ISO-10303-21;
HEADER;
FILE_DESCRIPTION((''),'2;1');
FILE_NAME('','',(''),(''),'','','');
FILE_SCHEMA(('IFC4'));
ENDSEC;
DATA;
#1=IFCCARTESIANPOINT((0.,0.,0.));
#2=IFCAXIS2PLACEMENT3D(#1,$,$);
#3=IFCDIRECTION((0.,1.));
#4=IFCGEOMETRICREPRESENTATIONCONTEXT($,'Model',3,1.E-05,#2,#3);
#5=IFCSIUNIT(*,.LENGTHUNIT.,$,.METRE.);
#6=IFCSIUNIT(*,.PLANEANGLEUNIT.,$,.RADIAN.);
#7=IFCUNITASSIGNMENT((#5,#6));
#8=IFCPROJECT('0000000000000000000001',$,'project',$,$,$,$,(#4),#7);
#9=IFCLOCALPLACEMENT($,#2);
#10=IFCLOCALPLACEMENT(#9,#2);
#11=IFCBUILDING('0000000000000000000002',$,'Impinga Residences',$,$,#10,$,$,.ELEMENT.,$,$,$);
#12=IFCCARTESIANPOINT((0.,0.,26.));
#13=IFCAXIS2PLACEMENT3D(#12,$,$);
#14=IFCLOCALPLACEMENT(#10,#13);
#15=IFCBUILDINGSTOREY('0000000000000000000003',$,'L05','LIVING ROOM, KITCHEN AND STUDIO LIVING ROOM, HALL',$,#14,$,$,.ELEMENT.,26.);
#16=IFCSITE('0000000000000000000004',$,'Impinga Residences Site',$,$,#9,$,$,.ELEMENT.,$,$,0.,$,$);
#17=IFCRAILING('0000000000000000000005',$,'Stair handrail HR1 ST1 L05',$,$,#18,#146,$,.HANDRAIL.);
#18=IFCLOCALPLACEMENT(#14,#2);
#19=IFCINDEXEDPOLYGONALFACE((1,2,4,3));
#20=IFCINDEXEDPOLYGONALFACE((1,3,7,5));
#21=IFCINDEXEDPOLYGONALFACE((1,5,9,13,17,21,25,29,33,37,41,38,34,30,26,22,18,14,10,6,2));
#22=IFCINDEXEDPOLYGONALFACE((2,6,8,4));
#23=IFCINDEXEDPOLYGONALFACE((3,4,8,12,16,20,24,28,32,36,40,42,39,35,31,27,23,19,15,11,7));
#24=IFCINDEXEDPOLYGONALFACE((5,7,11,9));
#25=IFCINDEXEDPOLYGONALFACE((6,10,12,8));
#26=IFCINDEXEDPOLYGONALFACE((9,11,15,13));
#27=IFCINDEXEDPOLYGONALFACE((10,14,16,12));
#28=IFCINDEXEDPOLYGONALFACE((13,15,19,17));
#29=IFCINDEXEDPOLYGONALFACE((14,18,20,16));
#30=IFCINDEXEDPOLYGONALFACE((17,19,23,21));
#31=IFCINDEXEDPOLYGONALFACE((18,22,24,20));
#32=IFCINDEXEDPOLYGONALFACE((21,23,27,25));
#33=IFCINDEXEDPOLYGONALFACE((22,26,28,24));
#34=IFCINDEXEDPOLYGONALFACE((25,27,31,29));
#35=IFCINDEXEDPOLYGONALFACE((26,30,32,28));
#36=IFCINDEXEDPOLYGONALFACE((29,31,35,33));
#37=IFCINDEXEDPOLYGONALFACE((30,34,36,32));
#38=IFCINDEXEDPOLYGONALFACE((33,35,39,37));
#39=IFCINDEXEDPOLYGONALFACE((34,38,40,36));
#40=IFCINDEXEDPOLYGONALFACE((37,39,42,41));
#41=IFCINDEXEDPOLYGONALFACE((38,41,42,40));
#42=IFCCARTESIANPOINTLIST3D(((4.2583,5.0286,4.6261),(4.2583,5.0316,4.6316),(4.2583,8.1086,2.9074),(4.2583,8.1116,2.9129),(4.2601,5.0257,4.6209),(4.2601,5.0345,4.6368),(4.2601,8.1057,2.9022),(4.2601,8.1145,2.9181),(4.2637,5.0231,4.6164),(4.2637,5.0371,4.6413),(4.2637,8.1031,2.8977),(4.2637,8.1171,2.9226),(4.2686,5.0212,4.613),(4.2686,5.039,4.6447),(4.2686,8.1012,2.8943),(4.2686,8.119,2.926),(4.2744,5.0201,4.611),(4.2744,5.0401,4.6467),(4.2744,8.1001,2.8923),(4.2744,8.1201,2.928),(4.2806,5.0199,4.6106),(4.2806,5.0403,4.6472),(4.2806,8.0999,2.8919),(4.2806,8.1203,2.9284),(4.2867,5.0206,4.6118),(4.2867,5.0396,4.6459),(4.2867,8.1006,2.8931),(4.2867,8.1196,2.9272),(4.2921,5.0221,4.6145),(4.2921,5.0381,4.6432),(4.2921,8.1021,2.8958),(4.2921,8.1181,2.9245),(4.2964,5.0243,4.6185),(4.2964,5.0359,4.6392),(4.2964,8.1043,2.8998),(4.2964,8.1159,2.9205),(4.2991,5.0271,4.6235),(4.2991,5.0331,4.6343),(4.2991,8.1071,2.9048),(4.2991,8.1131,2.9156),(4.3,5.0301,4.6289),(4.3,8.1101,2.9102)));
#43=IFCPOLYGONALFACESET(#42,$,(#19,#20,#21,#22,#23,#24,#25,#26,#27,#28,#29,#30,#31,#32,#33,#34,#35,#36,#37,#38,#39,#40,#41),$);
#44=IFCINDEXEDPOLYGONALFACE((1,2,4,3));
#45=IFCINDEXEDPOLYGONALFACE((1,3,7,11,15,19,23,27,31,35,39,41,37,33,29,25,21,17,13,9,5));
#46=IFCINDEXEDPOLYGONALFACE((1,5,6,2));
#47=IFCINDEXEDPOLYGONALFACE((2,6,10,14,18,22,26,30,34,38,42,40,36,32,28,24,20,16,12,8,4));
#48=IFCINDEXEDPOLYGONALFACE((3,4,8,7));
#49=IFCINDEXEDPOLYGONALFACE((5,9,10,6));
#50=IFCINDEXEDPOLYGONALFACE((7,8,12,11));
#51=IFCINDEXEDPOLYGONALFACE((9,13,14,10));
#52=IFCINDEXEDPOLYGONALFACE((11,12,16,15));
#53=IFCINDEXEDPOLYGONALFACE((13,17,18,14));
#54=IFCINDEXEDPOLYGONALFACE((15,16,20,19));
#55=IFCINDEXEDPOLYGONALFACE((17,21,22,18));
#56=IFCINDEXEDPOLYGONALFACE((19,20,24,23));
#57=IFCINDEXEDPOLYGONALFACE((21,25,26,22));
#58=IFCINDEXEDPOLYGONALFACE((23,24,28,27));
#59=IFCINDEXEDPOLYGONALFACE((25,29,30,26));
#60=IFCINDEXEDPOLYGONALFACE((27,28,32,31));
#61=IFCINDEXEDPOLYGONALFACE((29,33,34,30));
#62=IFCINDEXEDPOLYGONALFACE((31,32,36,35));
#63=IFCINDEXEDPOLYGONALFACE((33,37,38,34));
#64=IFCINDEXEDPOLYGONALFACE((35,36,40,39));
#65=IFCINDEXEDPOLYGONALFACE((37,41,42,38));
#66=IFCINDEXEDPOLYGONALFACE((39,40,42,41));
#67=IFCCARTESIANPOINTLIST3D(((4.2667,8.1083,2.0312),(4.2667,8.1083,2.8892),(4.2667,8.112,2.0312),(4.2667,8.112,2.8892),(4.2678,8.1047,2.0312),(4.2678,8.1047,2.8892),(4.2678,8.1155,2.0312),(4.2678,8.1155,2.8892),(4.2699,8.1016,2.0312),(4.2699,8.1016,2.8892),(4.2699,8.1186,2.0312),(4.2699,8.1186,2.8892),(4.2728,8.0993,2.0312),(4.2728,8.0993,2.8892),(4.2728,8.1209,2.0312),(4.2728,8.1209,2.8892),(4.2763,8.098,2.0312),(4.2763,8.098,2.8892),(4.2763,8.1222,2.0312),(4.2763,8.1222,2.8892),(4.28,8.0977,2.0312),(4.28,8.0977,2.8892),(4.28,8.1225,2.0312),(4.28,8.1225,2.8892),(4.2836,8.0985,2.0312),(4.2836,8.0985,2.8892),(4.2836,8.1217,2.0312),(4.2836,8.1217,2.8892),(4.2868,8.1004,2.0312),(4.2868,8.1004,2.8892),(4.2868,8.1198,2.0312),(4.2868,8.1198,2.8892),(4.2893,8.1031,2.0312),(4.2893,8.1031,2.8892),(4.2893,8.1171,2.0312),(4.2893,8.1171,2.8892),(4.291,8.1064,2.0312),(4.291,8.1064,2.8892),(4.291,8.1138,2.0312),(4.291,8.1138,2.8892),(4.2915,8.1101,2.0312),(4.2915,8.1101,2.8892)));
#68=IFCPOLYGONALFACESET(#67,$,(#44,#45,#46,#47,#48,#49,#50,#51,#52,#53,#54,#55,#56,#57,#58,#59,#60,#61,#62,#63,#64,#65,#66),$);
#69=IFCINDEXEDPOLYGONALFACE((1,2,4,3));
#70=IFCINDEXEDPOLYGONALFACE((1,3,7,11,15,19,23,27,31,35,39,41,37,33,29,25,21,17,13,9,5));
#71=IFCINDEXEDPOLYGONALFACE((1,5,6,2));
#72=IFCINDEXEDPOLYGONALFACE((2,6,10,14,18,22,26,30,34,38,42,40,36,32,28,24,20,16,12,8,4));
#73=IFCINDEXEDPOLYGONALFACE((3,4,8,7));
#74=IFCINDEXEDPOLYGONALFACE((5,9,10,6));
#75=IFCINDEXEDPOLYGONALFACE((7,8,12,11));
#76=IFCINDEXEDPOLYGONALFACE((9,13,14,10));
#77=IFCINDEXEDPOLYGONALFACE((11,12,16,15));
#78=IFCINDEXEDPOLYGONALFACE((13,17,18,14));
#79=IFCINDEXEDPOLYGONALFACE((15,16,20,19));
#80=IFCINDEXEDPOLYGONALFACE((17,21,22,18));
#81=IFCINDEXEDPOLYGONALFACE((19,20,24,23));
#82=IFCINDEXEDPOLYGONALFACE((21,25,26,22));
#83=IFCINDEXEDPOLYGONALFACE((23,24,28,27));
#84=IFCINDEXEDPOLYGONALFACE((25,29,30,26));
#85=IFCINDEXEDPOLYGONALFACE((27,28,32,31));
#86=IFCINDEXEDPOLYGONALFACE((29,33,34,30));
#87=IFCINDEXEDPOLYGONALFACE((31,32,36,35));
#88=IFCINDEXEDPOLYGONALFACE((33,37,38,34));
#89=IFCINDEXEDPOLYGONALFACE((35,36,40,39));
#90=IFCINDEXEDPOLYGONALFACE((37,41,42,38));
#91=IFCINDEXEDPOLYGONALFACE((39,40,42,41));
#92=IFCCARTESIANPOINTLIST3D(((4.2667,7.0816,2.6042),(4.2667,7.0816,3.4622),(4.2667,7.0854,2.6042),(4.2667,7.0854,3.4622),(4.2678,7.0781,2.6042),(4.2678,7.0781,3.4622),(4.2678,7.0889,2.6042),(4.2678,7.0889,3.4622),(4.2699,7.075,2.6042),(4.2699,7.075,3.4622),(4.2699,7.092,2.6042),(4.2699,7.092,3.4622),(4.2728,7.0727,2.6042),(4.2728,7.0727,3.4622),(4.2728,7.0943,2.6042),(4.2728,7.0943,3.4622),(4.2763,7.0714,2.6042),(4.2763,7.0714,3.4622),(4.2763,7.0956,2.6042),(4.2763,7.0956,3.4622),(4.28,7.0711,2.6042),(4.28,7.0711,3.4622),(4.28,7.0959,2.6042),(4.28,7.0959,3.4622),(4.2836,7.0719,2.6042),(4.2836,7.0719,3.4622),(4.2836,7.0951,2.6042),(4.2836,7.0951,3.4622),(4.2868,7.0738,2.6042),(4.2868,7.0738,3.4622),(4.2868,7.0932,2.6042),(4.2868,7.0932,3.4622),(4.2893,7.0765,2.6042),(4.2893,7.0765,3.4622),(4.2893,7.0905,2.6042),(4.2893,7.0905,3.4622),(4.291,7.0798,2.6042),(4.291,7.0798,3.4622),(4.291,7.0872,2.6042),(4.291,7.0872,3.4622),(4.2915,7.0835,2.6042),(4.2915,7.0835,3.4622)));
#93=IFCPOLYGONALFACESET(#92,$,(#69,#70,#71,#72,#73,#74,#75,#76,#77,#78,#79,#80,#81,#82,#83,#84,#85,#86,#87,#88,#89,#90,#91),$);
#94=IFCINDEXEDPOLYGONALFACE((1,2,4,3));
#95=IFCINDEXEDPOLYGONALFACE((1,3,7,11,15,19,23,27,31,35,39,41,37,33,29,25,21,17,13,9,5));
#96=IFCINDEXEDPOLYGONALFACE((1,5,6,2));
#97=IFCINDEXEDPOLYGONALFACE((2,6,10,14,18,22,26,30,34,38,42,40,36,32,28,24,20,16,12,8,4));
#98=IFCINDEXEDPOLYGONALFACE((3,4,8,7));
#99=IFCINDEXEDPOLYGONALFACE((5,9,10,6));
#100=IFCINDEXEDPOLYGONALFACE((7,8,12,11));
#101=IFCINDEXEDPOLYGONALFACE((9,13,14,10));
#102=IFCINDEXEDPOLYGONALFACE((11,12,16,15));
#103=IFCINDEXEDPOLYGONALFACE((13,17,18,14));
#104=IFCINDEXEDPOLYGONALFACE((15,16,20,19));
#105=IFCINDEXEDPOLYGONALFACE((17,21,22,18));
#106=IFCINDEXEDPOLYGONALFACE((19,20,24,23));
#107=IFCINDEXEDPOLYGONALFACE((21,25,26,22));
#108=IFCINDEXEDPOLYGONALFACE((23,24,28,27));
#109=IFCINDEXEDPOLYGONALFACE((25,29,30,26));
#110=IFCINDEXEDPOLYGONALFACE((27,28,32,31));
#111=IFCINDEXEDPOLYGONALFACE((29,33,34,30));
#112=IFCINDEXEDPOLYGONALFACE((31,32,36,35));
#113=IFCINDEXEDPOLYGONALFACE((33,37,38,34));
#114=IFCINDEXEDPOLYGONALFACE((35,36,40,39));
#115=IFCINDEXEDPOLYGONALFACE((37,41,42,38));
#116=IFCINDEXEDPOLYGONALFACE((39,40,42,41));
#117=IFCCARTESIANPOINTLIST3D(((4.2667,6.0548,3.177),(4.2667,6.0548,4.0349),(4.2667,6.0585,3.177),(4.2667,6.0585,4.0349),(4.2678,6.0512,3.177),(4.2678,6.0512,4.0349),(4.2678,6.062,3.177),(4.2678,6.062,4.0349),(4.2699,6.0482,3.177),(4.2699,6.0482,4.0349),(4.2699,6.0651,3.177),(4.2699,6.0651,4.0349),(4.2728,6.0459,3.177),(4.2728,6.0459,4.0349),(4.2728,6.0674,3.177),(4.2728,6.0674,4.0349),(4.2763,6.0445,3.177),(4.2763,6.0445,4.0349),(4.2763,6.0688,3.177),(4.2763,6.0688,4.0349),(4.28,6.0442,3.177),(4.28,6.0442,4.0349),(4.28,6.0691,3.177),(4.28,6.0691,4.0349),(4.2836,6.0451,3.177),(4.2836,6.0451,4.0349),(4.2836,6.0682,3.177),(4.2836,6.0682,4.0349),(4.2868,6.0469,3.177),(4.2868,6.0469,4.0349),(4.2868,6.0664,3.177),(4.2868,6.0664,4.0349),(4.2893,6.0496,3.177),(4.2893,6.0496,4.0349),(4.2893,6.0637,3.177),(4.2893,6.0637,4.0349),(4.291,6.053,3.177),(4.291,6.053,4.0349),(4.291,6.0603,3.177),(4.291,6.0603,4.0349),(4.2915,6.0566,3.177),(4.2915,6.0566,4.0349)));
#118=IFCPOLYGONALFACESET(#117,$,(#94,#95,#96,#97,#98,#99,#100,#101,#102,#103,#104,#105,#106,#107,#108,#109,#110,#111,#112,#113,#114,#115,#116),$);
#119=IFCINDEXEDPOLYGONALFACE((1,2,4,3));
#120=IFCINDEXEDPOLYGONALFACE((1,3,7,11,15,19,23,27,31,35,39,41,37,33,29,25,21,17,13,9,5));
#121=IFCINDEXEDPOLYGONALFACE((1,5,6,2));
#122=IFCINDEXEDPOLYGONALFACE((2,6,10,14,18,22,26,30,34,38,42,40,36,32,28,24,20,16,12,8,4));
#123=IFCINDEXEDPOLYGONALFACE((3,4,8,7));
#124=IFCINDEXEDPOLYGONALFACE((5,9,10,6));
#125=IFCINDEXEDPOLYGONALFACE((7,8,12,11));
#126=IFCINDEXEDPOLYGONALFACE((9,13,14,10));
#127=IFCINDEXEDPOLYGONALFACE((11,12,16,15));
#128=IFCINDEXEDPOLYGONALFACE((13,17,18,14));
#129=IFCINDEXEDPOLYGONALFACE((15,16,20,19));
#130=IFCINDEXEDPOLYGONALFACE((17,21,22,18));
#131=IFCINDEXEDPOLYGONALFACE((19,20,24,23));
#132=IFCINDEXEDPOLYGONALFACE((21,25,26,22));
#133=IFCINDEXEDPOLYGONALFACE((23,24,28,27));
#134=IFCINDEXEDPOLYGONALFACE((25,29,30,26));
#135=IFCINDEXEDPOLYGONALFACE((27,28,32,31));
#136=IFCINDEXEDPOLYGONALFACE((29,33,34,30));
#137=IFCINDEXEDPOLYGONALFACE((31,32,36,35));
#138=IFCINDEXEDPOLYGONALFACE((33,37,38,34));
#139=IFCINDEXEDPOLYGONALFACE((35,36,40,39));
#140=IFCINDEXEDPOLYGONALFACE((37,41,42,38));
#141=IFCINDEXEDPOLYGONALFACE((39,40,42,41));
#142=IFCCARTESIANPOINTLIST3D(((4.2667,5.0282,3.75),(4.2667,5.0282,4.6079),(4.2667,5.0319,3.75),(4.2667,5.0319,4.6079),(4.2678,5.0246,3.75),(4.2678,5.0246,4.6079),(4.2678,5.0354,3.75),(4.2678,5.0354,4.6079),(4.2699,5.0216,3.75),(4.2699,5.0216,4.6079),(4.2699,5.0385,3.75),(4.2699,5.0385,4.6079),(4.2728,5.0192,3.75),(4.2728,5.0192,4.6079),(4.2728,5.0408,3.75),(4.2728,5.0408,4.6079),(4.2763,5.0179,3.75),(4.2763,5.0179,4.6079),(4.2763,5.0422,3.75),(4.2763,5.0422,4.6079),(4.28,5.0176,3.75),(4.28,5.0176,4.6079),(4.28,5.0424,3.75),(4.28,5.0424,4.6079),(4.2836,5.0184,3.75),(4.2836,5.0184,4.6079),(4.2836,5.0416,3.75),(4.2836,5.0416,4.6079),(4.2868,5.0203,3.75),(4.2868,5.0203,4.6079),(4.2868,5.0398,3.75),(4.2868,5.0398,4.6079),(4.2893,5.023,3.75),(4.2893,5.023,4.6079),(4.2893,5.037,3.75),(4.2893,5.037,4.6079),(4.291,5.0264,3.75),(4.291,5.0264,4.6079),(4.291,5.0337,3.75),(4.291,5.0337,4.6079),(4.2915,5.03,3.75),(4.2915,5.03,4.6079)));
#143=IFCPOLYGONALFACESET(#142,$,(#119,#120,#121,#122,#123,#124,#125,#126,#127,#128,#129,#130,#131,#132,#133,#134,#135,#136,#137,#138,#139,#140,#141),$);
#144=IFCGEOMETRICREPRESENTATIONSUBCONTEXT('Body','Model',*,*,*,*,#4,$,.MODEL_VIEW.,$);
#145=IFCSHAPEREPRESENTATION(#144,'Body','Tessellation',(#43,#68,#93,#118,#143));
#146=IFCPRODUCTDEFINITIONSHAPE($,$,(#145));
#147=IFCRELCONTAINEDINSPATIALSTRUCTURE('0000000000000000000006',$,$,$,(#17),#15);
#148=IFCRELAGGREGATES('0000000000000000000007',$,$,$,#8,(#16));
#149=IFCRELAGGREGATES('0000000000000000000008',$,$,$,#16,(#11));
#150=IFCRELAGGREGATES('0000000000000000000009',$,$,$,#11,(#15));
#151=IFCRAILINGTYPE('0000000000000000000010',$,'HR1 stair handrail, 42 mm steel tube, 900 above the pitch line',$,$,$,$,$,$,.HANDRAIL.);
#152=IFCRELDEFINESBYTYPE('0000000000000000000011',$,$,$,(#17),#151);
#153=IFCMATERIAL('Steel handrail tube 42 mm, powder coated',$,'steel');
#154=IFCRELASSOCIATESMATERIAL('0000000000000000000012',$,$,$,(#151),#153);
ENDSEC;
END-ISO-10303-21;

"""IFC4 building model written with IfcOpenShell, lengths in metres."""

from ifc_helpers import new_model, si_unit, direction, frame, origin, origin_2d, place, context, subcontext, project, spatial, circle, extrude, material, type_object, element, save


model = new_model("IFC4")

# Units and contexts
model_context = context("Model", 3, precision=1e-05, world=origin(), true_north=direction((0.0, 1.0)))
body_context = subcontext(model_context, "Body", "Model", "MODEL_VIEW")
ifc_project = project(units=[si_unit("LENGTHUNIT", "METRE"), si_unit("PLANEANGLEUNIT", "RADIAN")], contexts=[model_context])

# Site, building, storey
site_placement = place(None, origin())
site = spatial("IfcSite", under=ifc_project, at=site_placement, Name="Impinga Residences Site", CompositionType="ELEMENT", RefElevation=0.0)
building_placement = place(site_placement, origin())
building = spatial("IfcBuilding", under=site, at=building_placement, Name="Impinga Residences", CompositionType="ELEMENT")
storey_placement = place(building_placement, frame((0.0, 0.0, 26.0)))
storey = spatial("IfcBuildingStorey", under=building, at=storey_placement, Name="L05", Description="LIVING ROOM, KITCHEN AND STUDIO LIVING ROOM, HALL", CompositionType="ELEMENT", Elevation=26.0)

# Railing
ifc_material_1 = material(Name="Steel handrail tube 42 mm, powder coated", Category="steel")
railing_type_1 = type_object("IfcRailingType", Name="HR1 stair handrail, 42 mm steel tube, 900 above the pitch line", PredefinedType="HANDRAIL", material=ifc_material_1)
railing_1_placement = place(storey_placement, frame((4.2791, 8.1101, 2.0312)))
element("IfcRailing", 1, at=railing_1_placement, inside=storey, type_object=railing_type_1, Name="Stair handrail HR1 ST1 L05", PredefinedType="HANDRAIL", context=body_context, shape_type="SweptSolid", body=[
    extrude(circle(Radius=0.021, at=origin_2d()), frame((0.0, 0.0, 0.8789), z_axis=(0.0, -0.873242, 0.487288), x_axis=(1.0, 0.0, 0.0)), (0.0, 0.0, 1.0), 3.5271),
    extrude(circle(Radius=0.0125, at=origin_2d()), origin(), (0.0, 0.0, 1.0), 0.8579),
    extrude(circle(Radius=0.0125, at=origin_2d()), frame((0.0, -1.0266, 0.573)), (0.0, 0.0, 1.0), 0.8579),
    extrude(circle(Radius=0.0125, at=origin_2d()), frame((0.0, -2.0535, 1.1458)), (0.0, 0.0, 1.0), 0.8579),
    extrude(circle(Radius=0.0125, at=origin_2d()), frame((0.0, -3.0801, 1.7188)), (0.0, 0.0, 1.0), 0.8579),
])

save(model, "model.ifc")
